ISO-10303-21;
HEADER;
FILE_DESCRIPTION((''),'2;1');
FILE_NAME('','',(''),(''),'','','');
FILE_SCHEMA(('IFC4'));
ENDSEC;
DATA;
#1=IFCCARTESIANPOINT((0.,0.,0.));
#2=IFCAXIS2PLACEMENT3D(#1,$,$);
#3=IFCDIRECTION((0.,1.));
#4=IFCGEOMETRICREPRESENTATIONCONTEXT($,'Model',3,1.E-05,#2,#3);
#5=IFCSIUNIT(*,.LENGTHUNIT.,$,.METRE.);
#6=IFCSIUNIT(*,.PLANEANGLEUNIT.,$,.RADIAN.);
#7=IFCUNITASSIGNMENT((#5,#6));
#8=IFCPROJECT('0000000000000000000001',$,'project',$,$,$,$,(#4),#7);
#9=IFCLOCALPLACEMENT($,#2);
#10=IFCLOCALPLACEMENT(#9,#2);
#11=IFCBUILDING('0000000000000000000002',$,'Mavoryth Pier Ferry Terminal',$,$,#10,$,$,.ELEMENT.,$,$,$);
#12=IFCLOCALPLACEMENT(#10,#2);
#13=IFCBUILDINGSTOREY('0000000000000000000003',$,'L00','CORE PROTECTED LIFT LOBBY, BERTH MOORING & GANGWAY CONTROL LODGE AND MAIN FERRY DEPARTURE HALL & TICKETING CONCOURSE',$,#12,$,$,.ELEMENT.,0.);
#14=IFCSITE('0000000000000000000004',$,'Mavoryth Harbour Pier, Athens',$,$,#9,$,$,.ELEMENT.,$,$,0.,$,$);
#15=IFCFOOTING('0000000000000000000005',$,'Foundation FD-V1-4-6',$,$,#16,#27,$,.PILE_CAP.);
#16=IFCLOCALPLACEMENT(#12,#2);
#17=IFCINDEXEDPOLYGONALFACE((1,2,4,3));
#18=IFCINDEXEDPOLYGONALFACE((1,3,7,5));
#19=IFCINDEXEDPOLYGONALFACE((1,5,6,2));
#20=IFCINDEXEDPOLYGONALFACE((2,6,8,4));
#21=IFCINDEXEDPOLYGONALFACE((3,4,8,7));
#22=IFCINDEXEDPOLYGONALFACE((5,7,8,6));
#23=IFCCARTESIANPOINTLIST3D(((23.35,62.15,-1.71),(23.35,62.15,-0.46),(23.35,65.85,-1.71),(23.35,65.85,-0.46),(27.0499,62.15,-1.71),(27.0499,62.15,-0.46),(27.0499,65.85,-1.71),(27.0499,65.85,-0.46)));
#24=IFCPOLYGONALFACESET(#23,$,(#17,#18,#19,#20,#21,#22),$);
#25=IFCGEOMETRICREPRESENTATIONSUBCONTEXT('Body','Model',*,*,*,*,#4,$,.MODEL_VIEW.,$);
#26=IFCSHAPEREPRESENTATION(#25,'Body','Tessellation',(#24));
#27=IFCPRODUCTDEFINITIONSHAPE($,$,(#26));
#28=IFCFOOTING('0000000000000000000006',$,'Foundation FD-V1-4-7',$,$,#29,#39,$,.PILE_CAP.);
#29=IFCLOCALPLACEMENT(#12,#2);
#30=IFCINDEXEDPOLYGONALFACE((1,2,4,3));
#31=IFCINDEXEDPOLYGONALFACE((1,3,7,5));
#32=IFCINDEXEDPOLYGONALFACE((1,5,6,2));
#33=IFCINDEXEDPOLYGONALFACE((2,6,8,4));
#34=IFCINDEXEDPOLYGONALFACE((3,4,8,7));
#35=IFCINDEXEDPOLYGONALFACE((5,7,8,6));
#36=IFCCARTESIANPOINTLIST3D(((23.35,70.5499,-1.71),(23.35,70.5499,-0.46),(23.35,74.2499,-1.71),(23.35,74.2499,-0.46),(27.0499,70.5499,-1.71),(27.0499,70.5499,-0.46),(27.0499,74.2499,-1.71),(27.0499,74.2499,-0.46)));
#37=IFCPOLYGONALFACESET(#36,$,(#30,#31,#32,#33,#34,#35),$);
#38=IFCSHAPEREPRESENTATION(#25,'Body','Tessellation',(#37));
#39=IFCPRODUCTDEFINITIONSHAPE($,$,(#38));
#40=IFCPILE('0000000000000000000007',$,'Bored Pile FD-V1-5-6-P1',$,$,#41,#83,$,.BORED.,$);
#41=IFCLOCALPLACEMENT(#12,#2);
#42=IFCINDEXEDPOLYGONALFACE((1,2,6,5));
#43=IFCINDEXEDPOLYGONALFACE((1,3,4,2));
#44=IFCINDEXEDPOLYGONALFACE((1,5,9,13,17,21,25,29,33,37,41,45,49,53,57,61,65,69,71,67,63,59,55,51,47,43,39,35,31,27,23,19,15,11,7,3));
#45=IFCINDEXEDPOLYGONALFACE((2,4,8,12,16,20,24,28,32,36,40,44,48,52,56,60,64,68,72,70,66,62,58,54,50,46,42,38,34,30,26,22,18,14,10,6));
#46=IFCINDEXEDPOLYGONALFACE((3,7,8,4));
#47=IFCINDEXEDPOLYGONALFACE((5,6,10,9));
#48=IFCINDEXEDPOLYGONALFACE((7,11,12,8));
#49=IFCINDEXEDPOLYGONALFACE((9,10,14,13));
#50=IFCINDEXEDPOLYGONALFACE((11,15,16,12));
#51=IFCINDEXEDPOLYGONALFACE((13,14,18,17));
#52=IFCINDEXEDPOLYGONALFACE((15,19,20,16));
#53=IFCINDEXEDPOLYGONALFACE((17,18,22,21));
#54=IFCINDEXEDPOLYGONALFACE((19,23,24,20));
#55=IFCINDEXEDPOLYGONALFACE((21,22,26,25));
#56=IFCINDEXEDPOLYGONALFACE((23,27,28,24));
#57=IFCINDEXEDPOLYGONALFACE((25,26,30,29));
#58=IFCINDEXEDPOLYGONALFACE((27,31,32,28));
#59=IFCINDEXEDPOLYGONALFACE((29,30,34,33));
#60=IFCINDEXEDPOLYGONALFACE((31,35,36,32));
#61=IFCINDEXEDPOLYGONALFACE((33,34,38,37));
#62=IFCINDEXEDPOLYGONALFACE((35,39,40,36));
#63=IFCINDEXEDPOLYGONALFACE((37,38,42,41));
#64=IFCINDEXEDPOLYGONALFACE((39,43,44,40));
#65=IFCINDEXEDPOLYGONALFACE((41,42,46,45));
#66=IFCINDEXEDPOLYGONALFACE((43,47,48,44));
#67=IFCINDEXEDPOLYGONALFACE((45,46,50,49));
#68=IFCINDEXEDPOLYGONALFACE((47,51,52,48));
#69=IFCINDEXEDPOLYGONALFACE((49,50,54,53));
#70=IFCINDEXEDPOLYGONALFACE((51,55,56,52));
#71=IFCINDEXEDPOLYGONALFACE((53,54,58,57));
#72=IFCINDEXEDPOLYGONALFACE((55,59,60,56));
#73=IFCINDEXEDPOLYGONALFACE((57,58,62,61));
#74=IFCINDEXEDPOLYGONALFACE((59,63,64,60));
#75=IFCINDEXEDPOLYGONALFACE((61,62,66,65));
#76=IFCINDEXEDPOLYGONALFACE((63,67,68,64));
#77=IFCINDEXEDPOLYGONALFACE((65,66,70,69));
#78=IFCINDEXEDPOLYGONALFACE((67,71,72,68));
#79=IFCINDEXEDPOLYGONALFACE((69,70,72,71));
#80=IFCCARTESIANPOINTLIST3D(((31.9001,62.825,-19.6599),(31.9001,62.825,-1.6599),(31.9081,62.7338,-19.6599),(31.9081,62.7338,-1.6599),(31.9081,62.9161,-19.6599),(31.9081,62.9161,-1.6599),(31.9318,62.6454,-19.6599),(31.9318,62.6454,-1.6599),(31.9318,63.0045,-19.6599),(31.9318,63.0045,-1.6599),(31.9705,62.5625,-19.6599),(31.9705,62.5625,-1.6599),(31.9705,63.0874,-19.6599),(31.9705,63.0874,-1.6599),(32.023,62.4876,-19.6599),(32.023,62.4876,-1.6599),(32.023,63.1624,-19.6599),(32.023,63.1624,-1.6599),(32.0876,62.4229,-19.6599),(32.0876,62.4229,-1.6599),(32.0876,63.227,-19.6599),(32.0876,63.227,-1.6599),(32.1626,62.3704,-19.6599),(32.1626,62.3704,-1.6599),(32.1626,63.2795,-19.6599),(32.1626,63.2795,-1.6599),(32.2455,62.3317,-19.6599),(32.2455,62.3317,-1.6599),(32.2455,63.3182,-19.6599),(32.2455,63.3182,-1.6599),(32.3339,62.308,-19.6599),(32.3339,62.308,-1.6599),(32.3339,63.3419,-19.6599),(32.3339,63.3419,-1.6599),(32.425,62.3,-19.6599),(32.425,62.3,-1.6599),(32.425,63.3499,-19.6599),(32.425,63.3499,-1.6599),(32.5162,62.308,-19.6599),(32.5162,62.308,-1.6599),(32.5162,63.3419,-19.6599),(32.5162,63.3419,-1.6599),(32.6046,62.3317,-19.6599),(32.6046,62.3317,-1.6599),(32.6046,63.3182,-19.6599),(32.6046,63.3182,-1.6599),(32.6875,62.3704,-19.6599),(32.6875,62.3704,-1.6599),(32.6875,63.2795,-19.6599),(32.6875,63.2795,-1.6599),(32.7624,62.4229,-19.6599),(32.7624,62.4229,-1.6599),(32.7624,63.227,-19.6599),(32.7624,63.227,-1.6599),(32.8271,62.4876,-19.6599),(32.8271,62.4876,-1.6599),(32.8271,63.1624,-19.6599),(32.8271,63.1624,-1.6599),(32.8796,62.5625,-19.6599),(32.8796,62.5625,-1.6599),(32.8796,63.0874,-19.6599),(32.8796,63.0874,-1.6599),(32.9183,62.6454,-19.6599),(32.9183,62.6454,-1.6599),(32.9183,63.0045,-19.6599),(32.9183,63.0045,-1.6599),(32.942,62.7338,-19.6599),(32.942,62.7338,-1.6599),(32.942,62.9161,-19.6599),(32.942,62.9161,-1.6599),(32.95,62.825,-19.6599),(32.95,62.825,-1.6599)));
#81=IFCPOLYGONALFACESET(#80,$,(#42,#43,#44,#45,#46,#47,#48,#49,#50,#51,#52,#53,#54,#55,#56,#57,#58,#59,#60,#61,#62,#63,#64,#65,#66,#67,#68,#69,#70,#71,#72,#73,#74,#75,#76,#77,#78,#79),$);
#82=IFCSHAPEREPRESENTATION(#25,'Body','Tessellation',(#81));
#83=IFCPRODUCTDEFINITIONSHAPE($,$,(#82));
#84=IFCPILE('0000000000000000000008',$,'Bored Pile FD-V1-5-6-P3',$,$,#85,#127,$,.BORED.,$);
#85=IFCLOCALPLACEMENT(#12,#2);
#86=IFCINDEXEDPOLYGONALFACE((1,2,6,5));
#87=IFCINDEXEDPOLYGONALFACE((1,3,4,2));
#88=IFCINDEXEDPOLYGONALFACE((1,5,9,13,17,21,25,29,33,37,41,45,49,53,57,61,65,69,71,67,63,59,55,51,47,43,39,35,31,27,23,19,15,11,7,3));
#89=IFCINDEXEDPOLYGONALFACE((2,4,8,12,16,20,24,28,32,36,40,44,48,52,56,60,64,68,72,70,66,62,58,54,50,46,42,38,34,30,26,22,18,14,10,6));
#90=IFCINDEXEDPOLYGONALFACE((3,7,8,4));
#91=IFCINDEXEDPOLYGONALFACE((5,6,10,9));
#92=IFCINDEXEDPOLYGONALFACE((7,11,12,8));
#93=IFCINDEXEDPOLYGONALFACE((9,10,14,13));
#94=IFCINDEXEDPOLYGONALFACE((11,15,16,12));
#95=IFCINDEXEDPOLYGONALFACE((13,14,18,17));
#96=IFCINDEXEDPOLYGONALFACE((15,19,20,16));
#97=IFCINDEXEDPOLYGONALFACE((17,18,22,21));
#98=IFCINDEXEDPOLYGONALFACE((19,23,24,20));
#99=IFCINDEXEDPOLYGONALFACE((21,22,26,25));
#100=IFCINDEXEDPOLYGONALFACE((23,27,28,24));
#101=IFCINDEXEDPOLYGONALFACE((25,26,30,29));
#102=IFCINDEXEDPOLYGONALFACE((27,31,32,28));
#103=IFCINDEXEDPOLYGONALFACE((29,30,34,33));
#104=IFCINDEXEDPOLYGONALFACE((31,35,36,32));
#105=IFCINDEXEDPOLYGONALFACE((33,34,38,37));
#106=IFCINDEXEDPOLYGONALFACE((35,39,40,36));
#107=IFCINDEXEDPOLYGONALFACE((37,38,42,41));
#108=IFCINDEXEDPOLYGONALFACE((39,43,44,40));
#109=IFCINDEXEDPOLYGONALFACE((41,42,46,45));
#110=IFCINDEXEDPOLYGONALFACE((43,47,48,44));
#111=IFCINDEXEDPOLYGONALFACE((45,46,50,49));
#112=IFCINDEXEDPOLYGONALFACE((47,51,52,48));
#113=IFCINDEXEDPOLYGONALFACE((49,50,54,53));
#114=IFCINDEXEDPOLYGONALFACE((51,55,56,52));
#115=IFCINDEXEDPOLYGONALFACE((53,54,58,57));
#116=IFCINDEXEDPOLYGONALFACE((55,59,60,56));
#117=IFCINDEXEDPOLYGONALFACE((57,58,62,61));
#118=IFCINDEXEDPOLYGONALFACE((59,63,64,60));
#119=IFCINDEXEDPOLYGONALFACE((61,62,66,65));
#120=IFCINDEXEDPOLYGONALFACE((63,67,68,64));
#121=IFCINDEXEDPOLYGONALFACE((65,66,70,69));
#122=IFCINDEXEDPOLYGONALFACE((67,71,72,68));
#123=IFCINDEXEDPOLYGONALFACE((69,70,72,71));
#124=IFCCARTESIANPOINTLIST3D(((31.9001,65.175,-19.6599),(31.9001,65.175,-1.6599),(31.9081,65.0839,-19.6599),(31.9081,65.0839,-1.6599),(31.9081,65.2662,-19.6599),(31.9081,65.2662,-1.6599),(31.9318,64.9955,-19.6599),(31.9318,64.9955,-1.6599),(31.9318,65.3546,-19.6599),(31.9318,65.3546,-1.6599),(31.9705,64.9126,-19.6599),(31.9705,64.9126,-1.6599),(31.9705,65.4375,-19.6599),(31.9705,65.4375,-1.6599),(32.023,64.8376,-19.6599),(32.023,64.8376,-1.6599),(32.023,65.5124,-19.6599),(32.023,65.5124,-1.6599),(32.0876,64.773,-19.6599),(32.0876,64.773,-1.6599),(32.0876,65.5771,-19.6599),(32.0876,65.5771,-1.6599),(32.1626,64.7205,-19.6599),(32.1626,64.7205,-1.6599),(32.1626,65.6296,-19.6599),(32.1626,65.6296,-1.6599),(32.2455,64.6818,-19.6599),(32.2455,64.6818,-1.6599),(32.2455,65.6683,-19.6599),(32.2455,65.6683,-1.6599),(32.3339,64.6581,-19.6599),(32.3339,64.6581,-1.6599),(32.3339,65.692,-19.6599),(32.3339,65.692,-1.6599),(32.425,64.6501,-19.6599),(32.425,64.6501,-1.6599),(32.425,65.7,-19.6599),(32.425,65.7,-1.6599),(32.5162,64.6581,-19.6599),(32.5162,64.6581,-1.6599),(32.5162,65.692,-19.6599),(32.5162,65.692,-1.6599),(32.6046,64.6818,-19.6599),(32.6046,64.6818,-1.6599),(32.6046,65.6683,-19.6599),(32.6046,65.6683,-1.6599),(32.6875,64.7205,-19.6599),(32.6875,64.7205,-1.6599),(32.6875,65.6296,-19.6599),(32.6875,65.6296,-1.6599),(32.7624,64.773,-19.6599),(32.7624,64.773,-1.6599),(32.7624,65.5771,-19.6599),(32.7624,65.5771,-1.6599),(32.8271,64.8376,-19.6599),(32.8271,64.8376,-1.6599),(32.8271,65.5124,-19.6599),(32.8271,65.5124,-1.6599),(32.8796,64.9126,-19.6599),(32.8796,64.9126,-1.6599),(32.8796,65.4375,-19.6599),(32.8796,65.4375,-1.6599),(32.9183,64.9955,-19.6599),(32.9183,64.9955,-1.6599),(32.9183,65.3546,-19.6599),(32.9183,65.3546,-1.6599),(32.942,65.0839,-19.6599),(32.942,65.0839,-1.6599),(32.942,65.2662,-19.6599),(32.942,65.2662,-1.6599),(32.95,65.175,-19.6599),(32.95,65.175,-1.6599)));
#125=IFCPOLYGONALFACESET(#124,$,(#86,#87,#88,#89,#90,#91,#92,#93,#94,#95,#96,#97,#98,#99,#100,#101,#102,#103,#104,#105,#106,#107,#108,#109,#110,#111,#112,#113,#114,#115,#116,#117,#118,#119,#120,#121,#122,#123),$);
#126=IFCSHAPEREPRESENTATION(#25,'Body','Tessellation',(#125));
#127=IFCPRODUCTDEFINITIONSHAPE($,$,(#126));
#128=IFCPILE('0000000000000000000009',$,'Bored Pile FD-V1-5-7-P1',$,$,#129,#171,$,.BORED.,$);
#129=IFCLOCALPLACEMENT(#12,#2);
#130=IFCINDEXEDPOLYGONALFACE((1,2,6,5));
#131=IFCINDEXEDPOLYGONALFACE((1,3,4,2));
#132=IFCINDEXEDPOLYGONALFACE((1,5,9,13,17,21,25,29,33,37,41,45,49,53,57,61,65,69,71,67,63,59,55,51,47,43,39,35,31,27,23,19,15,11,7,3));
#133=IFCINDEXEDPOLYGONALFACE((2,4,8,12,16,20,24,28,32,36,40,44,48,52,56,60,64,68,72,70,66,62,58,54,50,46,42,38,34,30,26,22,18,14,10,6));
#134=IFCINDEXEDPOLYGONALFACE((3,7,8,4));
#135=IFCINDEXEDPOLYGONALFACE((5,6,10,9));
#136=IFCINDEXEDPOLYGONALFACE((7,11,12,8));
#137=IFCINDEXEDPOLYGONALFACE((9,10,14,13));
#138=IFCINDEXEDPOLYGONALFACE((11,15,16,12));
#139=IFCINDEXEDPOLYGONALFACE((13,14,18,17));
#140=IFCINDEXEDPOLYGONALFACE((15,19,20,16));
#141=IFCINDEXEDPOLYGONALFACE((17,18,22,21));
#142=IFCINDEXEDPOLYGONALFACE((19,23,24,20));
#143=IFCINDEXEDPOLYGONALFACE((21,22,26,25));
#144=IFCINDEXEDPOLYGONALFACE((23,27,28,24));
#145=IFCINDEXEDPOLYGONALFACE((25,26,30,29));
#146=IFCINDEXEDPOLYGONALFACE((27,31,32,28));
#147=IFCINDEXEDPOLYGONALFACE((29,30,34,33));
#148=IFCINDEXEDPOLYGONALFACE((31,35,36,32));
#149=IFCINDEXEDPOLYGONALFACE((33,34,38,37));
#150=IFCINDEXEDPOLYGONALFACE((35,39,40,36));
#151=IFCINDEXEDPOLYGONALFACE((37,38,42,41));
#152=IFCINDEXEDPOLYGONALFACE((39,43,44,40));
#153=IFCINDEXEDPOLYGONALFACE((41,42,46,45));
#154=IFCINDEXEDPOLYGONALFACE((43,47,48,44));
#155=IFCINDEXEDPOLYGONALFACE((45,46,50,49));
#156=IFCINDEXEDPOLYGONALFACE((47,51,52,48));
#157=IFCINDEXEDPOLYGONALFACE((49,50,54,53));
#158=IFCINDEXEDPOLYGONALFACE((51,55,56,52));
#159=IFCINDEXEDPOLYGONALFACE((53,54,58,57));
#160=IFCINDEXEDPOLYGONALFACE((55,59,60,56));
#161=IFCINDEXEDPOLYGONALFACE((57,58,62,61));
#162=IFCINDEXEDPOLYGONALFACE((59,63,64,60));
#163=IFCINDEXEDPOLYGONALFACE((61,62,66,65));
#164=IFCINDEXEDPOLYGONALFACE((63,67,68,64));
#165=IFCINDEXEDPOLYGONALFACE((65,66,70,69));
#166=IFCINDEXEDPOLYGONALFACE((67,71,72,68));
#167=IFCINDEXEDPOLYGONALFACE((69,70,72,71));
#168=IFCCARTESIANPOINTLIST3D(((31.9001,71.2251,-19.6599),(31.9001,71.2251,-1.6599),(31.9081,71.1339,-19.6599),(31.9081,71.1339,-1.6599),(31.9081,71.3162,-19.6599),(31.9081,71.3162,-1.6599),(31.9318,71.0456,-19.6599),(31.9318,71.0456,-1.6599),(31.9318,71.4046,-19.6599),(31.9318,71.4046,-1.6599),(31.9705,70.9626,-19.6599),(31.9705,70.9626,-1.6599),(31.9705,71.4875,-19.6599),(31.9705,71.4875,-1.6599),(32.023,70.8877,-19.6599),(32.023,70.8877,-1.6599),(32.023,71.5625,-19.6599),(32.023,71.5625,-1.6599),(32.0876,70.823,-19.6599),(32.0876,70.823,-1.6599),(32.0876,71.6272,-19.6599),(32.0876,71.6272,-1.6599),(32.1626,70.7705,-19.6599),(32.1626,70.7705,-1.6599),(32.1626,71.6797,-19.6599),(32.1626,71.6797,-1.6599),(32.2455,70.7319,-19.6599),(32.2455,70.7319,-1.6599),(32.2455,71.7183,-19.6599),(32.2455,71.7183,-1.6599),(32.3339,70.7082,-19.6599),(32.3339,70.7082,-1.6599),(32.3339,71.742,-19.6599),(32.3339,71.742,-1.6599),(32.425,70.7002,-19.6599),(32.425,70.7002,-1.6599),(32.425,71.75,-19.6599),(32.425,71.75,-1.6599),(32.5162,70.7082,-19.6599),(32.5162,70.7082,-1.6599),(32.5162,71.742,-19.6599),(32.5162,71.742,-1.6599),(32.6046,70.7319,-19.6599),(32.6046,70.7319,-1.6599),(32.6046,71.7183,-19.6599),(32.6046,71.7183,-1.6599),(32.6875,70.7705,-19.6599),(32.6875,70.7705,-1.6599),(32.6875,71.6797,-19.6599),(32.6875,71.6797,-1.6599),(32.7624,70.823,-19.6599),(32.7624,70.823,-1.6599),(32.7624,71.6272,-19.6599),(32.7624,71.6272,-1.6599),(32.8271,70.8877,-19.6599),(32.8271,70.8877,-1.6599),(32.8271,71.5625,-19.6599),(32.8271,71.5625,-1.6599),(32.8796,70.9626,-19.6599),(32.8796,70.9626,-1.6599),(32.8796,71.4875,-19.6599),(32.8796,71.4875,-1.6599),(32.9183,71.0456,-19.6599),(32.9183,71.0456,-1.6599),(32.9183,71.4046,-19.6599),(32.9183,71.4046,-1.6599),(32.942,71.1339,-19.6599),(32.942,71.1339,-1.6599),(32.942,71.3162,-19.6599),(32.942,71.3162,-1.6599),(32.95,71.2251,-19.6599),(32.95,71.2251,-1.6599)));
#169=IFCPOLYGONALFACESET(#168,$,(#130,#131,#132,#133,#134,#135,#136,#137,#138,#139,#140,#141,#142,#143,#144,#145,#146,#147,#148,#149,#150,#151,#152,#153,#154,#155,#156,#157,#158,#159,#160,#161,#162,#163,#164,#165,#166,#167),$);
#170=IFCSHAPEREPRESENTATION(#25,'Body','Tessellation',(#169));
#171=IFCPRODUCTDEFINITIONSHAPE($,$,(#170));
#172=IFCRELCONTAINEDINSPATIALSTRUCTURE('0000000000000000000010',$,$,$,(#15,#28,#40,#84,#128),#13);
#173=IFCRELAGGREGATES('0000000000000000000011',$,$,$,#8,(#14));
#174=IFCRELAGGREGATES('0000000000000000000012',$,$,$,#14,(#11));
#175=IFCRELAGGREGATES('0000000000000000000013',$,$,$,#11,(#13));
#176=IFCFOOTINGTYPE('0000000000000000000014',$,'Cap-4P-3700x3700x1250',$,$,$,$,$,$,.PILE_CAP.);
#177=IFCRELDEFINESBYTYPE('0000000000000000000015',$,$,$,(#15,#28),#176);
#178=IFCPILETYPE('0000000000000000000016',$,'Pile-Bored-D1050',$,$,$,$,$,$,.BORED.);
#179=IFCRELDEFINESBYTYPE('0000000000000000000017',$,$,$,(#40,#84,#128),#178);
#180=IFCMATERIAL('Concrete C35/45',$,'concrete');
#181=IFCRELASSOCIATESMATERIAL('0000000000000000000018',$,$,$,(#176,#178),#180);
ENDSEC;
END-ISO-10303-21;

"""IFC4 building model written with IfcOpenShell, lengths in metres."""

from ifc_helpers import new_model, si_unit, direction, frame, origin, origin_2d, place, context, subcontext, project, spatial, rectangle, circle, extrude, material, material_profile, profile_set, type_object, element, save


model = new_model("IFC4")

# Units and contexts
model_context = context("Model", 3, precision=1e-05, world=origin(), true_north=direction((0.0, 1.0)))
body_context = subcontext(model_context, "Body", "Model", "MODEL_VIEW")
ifc_project = project(units=[si_unit("LENGTHUNIT", "METRE"), si_unit("PLANEANGLEUNIT", "RADIAN")], contexts=[model_context])

# Site, building, storey
site_placement = place(None, origin())
site = spatial("IfcSite", under=ifc_project, at=site_placement, Name="Mavoryth Harbour Pier, Athens", CompositionType="ELEMENT", RefElevation=0.0)
building_placement = place(site_placement, origin())
building = spatial("IfcBuilding", under=site, at=building_placement, Name="Mavoryth Pier Ferry Terminal", CompositionType="ELEMENT")
storey_placement = place(building_placement, origin())
storey = spatial("IfcBuildingStorey", under=building, at=storey_placement, Name="L00", Description="CORE PROTECTED LIFT LOBBY, BERTH MOORING & GANGWAY CONTROL LODGE AND MAIN FERRY DEPARTURE HALL & TICKETING CONCOURSE", CompositionType="ELEMENT", Elevation=0.0)

# Footings
ifc_material_1 = material(Name="Concrete C35/45", Category="concrete")
footing_type_1 = type_object("IfcFootingType", Name="Cap-4P-3700x3700x1250", PredefinedType="PILE_CAP", material=ifc_material_1)
for number, where, z_axis, x_axis, name in (
    (1, (25.2, 64.0, -1.71), (0.0, 0.0, 1.0), (1.0, 0.0, 0.0), "Foundation FD-V1-4-6"),
    (2, (25.2, 72.3999, -1.71), (0.0, 0.0, 1.0), (1.0, 0.0, 0.0), "Foundation FD-V1-4-7"),
):
    element("IfcFooting", number, at=place(storey_placement, frame(where, z_axis=z_axis, x_axis=x_axis)), inside=storey, type_object=footing_type_1, Name=name, PredefinedType="PILE_CAP", context=body_context, shape_type="SweptSolid", body=[
        extrude(rectangle(XDim=3.7, YDim=3.7, at=origin_2d()), origin(), (0.0, 0.0, 1.0), 1.25),
    ])

# Piles
ifc_material_profile_1 = material_profile(ifc_material_1, circle(Radius=0.5249, at=origin_2d()), Name="PILE D1050", Category="concrete")
ifc_profile_set_1 = profile_set([ifc_material_profile_1], Name="Concrete C35/45 - PILE D1050")
pile_type_1 = type_object("IfcPileType", Name="Pile-Bored-D1050", PredefinedType="BORED", material=ifc_profile_set_1)
for number, where, z_axis, x_axis, name in (
    (3, (32.425, 62.825, -1.6599), (0.0, 0.0, -1.0), (1.0, 0.0, 0.0), "Bored Pile FD-V1-5-6-P1"),
    (4, (32.425, 65.175, -1.6599), (0.0, 0.0, -1.0), (1.0, 0.0, 0.0), "Bored Pile FD-V1-5-6-P3"),
    (5, (32.425, 71.2251, -1.6599), (0.0, 0.0, -1.0), (1.0, 0.0, 0.0), "Bored Pile FD-V1-5-7-P1"),
):
    element("IfcPile", number, at=place(storey_placement, frame(where, z_axis=z_axis, x_axis=x_axis)), inside=storey, type_object=pile_type_1, Name=name, PredefinedType="BORED", context=body_context, shape_type="SweptSolid", body=[
        extrude(circle(Radius=0.5249, at=origin_2d()), origin(), (0.0, 0.0, 1.0), 18.0),
    ])

save(model, "model.ifc")
